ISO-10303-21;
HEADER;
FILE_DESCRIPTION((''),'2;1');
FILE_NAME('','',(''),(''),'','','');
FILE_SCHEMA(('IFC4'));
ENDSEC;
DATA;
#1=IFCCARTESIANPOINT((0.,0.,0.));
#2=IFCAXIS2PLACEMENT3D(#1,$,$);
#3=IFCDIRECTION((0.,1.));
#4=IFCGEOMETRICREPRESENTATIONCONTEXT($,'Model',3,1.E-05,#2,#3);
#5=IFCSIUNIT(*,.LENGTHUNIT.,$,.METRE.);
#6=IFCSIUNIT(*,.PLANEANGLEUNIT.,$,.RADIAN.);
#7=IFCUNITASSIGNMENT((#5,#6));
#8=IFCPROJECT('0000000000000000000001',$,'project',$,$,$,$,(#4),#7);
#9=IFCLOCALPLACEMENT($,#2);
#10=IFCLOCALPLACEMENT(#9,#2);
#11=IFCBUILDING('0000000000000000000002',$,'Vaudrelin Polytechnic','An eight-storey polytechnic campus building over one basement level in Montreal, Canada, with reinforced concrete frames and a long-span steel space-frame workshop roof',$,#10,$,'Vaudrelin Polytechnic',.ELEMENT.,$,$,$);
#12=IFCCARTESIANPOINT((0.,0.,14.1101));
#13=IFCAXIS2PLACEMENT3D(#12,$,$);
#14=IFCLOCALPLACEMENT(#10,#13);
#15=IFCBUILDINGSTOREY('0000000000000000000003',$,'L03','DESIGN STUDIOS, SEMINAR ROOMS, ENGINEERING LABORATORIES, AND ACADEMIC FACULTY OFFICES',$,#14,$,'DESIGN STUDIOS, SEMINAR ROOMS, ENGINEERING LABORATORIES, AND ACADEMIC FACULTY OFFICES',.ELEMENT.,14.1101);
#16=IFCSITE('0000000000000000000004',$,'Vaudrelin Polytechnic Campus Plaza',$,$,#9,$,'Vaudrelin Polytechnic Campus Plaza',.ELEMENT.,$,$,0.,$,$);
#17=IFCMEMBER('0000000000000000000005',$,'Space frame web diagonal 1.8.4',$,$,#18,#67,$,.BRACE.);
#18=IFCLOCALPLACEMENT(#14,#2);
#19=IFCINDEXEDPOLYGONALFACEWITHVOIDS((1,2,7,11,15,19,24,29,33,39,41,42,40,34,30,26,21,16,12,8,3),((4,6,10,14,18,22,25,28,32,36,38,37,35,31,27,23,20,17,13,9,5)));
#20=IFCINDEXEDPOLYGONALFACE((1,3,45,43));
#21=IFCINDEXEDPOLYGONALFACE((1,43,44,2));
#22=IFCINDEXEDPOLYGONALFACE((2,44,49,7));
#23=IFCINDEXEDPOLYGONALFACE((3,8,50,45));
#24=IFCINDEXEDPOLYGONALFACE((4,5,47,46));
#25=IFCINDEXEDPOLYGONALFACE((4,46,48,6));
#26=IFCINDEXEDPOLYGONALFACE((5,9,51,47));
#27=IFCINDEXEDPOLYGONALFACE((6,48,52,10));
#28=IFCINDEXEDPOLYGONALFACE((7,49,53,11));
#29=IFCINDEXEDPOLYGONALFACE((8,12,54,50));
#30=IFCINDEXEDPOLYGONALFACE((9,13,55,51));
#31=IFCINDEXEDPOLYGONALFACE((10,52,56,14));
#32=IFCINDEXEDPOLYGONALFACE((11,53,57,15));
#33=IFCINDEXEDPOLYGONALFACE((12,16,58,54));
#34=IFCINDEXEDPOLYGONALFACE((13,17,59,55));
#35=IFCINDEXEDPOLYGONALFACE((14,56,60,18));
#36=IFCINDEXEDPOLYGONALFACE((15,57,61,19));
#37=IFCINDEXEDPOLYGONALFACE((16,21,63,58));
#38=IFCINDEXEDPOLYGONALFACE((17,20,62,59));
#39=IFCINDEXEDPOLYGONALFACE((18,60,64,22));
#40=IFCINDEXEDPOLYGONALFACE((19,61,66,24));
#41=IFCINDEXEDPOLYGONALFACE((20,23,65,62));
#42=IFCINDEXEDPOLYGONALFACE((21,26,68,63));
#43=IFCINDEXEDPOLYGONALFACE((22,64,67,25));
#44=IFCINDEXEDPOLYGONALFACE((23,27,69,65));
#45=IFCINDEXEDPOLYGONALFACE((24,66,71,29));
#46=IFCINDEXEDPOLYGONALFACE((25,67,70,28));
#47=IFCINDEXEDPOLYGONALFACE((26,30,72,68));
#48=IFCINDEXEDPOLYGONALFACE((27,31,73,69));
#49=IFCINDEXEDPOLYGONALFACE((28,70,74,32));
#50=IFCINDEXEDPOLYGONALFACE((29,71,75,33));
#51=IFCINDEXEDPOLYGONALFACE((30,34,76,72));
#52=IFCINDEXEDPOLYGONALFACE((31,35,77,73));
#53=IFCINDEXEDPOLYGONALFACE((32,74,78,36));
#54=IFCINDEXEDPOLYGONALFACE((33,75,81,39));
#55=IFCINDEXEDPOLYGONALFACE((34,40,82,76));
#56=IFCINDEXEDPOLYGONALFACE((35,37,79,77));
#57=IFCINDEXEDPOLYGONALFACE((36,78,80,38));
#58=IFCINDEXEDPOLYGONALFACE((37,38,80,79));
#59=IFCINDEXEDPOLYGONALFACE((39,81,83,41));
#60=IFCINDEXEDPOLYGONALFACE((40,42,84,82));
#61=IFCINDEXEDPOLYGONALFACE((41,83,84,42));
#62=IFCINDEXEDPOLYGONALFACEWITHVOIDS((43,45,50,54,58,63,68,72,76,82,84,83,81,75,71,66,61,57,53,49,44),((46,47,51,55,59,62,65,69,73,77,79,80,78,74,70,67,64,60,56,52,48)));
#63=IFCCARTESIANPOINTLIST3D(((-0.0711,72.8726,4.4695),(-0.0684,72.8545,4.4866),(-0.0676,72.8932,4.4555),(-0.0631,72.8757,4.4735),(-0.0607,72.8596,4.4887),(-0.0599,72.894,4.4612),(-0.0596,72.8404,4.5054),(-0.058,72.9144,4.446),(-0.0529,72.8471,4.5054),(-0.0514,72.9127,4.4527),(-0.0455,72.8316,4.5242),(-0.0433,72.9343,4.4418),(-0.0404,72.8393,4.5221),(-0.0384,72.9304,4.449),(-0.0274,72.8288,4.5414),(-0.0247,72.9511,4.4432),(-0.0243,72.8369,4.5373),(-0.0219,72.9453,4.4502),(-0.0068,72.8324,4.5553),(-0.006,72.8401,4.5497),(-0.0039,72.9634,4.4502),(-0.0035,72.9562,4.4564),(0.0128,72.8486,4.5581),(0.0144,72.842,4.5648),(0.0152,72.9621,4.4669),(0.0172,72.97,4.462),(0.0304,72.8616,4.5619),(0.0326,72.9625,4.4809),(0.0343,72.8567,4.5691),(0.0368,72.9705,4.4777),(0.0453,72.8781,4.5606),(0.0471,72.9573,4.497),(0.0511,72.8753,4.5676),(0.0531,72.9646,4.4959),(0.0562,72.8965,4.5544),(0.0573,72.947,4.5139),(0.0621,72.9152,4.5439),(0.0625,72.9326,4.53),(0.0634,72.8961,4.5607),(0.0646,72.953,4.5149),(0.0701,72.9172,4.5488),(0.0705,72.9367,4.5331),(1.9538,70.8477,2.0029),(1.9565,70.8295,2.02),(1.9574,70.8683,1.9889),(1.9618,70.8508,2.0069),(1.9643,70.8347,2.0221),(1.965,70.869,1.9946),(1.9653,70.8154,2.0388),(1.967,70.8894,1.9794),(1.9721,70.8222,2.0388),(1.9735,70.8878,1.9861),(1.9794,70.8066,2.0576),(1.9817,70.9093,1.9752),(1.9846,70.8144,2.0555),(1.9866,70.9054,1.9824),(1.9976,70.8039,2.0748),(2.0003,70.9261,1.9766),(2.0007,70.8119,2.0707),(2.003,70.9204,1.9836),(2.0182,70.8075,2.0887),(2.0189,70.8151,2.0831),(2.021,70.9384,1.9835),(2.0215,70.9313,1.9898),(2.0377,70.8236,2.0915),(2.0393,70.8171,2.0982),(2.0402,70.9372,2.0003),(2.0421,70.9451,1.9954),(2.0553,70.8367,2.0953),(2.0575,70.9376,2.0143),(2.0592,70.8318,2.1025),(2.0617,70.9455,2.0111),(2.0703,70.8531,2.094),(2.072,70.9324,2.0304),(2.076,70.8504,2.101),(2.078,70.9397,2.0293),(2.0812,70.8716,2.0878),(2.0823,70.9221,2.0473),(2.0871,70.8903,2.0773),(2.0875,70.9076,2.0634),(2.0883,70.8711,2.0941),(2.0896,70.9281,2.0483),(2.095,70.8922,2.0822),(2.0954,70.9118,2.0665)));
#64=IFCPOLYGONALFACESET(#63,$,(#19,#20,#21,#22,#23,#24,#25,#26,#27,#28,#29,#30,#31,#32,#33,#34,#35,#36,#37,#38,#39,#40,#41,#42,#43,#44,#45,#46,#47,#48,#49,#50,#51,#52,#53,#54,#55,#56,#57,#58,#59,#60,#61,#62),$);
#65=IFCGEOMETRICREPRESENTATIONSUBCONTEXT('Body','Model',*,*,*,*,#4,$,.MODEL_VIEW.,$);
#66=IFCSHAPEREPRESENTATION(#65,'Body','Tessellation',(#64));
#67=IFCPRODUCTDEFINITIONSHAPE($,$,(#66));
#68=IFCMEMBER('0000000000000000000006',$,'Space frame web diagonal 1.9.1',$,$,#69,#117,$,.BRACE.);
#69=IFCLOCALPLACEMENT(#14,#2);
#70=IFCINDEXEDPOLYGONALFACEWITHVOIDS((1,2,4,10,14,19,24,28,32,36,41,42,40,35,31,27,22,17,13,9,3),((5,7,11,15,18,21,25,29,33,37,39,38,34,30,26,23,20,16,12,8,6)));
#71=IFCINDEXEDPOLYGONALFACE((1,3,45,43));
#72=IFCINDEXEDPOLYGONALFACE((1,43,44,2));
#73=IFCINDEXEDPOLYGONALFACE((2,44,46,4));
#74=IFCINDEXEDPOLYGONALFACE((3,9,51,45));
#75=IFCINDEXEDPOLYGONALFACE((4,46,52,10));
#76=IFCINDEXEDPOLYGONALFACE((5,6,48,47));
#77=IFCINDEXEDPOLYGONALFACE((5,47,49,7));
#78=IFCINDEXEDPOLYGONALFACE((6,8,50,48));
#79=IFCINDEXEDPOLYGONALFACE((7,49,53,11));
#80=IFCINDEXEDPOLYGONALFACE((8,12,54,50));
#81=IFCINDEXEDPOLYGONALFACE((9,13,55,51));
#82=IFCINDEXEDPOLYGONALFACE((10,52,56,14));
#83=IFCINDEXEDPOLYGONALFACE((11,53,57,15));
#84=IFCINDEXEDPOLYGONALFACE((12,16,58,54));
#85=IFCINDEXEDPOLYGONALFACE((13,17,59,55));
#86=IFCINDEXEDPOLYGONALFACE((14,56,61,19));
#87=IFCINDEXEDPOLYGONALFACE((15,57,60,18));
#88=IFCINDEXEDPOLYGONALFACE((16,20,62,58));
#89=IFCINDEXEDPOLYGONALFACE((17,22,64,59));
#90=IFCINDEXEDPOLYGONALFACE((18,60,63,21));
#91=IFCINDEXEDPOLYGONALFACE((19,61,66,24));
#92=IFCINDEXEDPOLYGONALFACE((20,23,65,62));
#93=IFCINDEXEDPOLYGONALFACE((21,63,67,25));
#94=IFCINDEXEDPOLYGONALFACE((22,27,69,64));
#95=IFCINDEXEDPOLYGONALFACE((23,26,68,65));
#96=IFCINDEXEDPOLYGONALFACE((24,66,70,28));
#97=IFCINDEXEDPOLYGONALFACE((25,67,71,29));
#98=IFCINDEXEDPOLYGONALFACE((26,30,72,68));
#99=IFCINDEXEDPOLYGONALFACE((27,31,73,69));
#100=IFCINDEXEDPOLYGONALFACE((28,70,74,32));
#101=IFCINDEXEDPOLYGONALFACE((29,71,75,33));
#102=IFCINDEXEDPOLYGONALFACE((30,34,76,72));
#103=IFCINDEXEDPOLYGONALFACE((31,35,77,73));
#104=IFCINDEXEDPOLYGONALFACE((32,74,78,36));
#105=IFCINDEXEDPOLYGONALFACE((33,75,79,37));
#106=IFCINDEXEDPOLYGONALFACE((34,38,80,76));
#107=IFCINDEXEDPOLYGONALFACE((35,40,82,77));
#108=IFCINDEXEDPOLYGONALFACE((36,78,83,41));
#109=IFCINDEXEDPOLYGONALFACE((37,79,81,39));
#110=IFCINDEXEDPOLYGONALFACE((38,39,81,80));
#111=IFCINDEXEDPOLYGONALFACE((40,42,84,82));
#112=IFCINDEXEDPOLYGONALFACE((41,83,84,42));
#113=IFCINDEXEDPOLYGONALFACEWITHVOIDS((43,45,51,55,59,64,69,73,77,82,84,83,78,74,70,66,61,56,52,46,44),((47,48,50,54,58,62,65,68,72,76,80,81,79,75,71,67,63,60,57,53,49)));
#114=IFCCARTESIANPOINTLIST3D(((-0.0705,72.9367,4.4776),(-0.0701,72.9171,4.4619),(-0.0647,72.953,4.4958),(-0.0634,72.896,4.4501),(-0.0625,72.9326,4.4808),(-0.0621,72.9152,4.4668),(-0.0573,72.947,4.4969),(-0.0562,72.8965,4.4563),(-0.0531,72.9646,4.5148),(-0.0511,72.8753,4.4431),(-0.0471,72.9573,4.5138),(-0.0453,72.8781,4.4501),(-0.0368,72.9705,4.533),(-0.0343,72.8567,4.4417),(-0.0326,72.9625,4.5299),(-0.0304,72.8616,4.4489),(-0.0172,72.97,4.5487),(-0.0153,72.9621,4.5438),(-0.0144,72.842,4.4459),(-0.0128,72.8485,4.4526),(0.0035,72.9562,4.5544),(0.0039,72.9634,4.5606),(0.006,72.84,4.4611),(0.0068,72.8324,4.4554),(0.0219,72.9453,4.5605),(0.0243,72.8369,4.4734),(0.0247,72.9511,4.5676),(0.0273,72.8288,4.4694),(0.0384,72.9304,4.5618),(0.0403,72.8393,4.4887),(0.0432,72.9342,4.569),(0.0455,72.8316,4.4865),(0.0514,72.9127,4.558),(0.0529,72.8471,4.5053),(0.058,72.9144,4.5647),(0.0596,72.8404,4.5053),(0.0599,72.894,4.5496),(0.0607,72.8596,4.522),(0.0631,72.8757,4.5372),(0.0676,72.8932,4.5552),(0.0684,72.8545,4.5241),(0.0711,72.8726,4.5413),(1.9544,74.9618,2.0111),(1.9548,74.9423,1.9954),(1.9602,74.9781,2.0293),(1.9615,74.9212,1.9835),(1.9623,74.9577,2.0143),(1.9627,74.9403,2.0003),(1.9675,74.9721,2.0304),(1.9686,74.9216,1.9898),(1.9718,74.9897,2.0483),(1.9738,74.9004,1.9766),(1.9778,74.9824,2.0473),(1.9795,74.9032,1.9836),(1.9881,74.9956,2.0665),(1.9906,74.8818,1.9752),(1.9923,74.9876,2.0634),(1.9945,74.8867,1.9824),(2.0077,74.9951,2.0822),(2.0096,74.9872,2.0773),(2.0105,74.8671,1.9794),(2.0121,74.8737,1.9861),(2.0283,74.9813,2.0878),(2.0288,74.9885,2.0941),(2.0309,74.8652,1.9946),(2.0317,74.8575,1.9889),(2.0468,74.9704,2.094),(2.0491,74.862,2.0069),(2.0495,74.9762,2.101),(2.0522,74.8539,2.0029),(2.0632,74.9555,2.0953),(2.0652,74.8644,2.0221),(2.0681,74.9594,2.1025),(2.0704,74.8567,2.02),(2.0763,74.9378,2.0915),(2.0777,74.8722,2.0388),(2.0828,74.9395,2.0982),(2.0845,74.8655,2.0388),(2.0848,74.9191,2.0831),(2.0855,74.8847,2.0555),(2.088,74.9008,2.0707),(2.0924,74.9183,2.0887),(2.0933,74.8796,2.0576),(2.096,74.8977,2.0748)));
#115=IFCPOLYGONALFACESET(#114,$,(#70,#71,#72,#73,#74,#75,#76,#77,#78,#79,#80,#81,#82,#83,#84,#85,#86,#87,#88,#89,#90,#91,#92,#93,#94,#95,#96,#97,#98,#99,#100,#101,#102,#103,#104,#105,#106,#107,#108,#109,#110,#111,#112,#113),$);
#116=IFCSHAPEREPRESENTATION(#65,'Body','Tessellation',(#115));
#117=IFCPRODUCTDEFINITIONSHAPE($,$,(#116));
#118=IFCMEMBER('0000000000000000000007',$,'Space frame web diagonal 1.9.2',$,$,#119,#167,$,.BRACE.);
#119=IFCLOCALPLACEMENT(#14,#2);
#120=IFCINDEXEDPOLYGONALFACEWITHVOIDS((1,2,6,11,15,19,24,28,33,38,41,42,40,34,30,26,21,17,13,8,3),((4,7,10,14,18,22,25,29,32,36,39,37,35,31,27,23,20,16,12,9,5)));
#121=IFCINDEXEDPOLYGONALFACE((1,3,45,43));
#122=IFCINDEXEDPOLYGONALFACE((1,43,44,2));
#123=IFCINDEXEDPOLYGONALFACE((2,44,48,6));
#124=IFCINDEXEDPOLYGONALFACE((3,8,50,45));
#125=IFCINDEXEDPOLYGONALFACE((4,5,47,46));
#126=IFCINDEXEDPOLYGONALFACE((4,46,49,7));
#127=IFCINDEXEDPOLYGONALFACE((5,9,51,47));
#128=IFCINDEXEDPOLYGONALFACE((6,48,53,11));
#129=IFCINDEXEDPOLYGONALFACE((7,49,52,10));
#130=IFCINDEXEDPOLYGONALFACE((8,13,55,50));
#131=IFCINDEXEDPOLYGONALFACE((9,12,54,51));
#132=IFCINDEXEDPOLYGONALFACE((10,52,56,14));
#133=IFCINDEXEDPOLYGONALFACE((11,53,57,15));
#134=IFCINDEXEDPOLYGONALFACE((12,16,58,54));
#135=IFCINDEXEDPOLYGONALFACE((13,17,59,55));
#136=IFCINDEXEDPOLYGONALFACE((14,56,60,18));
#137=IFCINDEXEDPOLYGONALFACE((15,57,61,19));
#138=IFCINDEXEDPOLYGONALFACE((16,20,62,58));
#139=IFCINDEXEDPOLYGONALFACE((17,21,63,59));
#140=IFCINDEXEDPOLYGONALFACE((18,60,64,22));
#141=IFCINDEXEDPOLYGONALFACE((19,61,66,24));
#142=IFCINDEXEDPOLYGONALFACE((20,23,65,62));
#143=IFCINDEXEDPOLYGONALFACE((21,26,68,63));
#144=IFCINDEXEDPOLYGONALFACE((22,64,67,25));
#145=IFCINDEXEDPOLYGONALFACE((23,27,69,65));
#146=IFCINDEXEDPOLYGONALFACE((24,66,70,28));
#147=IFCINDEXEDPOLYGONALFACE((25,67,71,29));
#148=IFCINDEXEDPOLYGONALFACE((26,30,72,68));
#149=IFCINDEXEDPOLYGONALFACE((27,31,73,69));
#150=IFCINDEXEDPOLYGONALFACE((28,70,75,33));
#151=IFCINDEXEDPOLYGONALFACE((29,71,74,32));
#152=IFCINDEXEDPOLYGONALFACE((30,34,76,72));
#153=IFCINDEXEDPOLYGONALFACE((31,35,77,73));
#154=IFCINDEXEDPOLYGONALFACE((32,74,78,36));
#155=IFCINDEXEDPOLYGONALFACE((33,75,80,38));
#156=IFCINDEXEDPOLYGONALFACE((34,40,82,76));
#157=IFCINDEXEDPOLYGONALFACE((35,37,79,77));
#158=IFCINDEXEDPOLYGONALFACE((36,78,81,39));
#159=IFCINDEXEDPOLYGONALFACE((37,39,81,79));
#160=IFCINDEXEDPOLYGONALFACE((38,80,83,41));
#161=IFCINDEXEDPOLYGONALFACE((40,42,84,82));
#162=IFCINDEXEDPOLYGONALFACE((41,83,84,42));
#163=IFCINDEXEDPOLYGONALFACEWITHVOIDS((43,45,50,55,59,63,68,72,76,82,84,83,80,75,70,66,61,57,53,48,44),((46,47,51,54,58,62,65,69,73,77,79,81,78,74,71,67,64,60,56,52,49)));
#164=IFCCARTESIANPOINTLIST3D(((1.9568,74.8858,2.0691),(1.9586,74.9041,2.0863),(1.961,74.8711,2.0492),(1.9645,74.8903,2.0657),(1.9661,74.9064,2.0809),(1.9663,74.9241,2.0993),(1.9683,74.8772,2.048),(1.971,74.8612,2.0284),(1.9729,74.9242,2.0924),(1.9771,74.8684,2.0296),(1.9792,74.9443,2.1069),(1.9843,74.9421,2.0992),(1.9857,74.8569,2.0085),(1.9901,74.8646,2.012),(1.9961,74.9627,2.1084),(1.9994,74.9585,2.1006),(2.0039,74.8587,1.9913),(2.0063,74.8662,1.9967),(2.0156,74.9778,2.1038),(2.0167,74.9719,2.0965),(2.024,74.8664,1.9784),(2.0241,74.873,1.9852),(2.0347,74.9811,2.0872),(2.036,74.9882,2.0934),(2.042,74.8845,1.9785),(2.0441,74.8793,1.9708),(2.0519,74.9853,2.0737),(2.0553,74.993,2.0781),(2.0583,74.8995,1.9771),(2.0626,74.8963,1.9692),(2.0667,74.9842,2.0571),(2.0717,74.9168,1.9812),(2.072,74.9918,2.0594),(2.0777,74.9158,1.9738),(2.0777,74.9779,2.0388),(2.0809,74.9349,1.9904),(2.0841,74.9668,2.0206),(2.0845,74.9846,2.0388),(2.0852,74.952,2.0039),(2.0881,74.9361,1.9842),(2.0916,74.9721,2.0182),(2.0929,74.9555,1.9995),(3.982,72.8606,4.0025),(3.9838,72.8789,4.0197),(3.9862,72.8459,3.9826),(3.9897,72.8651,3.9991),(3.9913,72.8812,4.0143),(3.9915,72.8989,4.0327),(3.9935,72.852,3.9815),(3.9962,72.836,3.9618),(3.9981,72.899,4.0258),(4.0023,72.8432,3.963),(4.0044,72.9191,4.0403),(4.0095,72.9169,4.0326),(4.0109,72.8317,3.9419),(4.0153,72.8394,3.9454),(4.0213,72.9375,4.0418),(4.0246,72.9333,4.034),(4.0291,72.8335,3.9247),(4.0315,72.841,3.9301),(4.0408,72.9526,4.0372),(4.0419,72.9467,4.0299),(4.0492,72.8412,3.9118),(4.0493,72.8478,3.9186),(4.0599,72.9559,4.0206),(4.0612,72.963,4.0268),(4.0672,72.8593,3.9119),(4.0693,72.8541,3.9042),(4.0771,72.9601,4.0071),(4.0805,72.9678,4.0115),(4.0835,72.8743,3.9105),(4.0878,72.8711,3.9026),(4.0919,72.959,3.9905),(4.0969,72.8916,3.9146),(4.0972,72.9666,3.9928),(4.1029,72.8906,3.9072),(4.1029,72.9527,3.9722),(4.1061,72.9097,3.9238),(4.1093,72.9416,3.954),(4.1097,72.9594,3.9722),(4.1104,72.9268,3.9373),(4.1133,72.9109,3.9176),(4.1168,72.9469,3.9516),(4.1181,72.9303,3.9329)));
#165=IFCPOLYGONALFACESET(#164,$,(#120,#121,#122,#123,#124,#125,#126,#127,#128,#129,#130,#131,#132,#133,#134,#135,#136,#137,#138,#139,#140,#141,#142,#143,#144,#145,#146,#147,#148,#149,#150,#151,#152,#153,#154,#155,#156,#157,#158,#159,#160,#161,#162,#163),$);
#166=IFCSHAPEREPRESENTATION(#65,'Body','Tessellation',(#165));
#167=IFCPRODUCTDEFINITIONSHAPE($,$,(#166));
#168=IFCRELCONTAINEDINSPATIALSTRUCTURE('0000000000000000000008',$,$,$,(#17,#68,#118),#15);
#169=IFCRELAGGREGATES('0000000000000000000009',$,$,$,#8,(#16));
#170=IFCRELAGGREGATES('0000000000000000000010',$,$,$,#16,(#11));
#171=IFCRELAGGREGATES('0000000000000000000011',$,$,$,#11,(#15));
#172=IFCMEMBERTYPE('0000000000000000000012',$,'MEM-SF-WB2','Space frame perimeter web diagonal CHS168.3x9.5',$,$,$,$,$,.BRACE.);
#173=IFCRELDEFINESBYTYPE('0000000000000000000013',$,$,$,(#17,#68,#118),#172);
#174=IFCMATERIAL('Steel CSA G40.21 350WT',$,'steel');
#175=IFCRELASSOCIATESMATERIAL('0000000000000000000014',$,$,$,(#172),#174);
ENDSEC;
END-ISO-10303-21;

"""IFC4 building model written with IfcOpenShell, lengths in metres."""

from ifc_helpers import new_model, si_unit, direction, frame, origin, origin_2d, place, context, subcontext, project, spatial, hollow_circle, extrude, material, material_profile, profile_set, type_object, element, save


model = new_model("IFC4")

# Units and contexts
model_context = context("Model", 3, precision=1e-05, world=origin(), true_north=direction((0.0, 1.0)))
body_context = subcontext(model_context, "Body", "Model", "MODEL_VIEW")
ifc_project = project(units=[si_unit("LENGTHUNIT", "METRE"), si_unit("PLANEANGLEUNIT", "RADIAN")], contexts=[model_context])

# Site, building, storey
site_placement = place(None, origin())
site = spatial("IfcSite", under=ifc_project, at=site_placement, Name="Vaudrelin Polytechnic Campus Plaza", LongName="Vaudrelin Polytechnic Campus Plaza", CompositionType="ELEMENT", RefElevation=0.0)
building_placement = place(site_placement, origin())
building = spatial("IfcBuilding", under=site, at=building_placement, Name="Vaudrelin Polytechnic", Description="An eight-storey polytechnic campus building over one basement level in Montreal, Canada, with reinforced concrete frames and a long-span steel space-frame workshop roof", LongName="Vaudrelin Polytechnic", CompositionType="ELEMENT")
storey_placement = place(building_placement, frame((0.0, 0.0, 14.1101)))
storey = spatial("IfcBuildingStorey", under=building, at=storey_placement, Name="L03", Description="DESIGN STUDIOS, SEMINAR ROOMS, ENGINEERING LABORATORIES, AND ACADEMIC FACULTY OFFICES", LongName="DESIGN STUDIOS, SEMINAR ROOMS, ENGINEERING LABORATORIES, AND ACADEMIC FACULTY OFFICES", CompositionType="ELEMENT", Elevation=14.1101)

# Members
ifc_material_1 = material(Name="Steel CSA G40.21 350WT", Category="steel")
ifc_material_profile_1 = material_profile(ifc_material_1, hollow_circle(Radius=0.0842, WallThickness=0.0095, at=origin_2d()), Name="CHS168.3x9.5")
ifc_profile_set_1 = profile_set([ifc_material_profile_1], Name="Steel CSA G40.21 350WT")
member_type_1 = type_object("IfcMemberType", Name="MEM-SF-WB2", Description="Space frame perimeter web diagonal CHS168.3x9.5", PredefinedType="BRACE", material=ifc_profile_set_1)
for number, where, z_axis, x_axis, name in (
    (1, (2.0249, 70.875, 2.0388), (-0.535765, 0.535765, 0.65262), (-0.707107, -0.707107, 0.0), "Space frame web diagonal 1.8.4"),
    (2, (2.0249, 74.925, 2.0388), (-0.535746, -0.535811, 0.652597), (0.707149, -0.707064, 0.0), "Space frame web diagonal 1.9.1"),
):
    element("IfcMember", number, at=place(storey_placement, frame(where, z_axis=z_axis, x_axis=x_axis)), inside=storey, type_object=member_type_1, Name=name, PredefinedType="BRACE", context=body_context, shape_type="SweptSolid", body=[
        extrude(hollow_circle(Radius=0.0842, WallThickness=0.0095, at=origin_2d()), origin(), (0.0, 0.0, 1.0), 3.7795),
    ])
member_1_placement = place(storey_placement, frame((2.0249, 74.925, 2.0388), z_axis=(0.58607, -0.58607, 0.559504), x_axis=(0.707107, 0.707107, 0.0)))
element("IfcMember", 3, at=member_1_placement, inside=storey, type_object=member_type_1, Name="Space frame web diagonal 1.9.2", PredefinedType="BRACE", context=body_context, shape_type="SweptSolid", body=[
    extrude(hollow_circle(Radius=0.0842, WallThickness=0.0095, at=origin_2d()), origin(), (0.0, 0.0, 1.0), 3.4556),
])

save(model, "model.ifc")
